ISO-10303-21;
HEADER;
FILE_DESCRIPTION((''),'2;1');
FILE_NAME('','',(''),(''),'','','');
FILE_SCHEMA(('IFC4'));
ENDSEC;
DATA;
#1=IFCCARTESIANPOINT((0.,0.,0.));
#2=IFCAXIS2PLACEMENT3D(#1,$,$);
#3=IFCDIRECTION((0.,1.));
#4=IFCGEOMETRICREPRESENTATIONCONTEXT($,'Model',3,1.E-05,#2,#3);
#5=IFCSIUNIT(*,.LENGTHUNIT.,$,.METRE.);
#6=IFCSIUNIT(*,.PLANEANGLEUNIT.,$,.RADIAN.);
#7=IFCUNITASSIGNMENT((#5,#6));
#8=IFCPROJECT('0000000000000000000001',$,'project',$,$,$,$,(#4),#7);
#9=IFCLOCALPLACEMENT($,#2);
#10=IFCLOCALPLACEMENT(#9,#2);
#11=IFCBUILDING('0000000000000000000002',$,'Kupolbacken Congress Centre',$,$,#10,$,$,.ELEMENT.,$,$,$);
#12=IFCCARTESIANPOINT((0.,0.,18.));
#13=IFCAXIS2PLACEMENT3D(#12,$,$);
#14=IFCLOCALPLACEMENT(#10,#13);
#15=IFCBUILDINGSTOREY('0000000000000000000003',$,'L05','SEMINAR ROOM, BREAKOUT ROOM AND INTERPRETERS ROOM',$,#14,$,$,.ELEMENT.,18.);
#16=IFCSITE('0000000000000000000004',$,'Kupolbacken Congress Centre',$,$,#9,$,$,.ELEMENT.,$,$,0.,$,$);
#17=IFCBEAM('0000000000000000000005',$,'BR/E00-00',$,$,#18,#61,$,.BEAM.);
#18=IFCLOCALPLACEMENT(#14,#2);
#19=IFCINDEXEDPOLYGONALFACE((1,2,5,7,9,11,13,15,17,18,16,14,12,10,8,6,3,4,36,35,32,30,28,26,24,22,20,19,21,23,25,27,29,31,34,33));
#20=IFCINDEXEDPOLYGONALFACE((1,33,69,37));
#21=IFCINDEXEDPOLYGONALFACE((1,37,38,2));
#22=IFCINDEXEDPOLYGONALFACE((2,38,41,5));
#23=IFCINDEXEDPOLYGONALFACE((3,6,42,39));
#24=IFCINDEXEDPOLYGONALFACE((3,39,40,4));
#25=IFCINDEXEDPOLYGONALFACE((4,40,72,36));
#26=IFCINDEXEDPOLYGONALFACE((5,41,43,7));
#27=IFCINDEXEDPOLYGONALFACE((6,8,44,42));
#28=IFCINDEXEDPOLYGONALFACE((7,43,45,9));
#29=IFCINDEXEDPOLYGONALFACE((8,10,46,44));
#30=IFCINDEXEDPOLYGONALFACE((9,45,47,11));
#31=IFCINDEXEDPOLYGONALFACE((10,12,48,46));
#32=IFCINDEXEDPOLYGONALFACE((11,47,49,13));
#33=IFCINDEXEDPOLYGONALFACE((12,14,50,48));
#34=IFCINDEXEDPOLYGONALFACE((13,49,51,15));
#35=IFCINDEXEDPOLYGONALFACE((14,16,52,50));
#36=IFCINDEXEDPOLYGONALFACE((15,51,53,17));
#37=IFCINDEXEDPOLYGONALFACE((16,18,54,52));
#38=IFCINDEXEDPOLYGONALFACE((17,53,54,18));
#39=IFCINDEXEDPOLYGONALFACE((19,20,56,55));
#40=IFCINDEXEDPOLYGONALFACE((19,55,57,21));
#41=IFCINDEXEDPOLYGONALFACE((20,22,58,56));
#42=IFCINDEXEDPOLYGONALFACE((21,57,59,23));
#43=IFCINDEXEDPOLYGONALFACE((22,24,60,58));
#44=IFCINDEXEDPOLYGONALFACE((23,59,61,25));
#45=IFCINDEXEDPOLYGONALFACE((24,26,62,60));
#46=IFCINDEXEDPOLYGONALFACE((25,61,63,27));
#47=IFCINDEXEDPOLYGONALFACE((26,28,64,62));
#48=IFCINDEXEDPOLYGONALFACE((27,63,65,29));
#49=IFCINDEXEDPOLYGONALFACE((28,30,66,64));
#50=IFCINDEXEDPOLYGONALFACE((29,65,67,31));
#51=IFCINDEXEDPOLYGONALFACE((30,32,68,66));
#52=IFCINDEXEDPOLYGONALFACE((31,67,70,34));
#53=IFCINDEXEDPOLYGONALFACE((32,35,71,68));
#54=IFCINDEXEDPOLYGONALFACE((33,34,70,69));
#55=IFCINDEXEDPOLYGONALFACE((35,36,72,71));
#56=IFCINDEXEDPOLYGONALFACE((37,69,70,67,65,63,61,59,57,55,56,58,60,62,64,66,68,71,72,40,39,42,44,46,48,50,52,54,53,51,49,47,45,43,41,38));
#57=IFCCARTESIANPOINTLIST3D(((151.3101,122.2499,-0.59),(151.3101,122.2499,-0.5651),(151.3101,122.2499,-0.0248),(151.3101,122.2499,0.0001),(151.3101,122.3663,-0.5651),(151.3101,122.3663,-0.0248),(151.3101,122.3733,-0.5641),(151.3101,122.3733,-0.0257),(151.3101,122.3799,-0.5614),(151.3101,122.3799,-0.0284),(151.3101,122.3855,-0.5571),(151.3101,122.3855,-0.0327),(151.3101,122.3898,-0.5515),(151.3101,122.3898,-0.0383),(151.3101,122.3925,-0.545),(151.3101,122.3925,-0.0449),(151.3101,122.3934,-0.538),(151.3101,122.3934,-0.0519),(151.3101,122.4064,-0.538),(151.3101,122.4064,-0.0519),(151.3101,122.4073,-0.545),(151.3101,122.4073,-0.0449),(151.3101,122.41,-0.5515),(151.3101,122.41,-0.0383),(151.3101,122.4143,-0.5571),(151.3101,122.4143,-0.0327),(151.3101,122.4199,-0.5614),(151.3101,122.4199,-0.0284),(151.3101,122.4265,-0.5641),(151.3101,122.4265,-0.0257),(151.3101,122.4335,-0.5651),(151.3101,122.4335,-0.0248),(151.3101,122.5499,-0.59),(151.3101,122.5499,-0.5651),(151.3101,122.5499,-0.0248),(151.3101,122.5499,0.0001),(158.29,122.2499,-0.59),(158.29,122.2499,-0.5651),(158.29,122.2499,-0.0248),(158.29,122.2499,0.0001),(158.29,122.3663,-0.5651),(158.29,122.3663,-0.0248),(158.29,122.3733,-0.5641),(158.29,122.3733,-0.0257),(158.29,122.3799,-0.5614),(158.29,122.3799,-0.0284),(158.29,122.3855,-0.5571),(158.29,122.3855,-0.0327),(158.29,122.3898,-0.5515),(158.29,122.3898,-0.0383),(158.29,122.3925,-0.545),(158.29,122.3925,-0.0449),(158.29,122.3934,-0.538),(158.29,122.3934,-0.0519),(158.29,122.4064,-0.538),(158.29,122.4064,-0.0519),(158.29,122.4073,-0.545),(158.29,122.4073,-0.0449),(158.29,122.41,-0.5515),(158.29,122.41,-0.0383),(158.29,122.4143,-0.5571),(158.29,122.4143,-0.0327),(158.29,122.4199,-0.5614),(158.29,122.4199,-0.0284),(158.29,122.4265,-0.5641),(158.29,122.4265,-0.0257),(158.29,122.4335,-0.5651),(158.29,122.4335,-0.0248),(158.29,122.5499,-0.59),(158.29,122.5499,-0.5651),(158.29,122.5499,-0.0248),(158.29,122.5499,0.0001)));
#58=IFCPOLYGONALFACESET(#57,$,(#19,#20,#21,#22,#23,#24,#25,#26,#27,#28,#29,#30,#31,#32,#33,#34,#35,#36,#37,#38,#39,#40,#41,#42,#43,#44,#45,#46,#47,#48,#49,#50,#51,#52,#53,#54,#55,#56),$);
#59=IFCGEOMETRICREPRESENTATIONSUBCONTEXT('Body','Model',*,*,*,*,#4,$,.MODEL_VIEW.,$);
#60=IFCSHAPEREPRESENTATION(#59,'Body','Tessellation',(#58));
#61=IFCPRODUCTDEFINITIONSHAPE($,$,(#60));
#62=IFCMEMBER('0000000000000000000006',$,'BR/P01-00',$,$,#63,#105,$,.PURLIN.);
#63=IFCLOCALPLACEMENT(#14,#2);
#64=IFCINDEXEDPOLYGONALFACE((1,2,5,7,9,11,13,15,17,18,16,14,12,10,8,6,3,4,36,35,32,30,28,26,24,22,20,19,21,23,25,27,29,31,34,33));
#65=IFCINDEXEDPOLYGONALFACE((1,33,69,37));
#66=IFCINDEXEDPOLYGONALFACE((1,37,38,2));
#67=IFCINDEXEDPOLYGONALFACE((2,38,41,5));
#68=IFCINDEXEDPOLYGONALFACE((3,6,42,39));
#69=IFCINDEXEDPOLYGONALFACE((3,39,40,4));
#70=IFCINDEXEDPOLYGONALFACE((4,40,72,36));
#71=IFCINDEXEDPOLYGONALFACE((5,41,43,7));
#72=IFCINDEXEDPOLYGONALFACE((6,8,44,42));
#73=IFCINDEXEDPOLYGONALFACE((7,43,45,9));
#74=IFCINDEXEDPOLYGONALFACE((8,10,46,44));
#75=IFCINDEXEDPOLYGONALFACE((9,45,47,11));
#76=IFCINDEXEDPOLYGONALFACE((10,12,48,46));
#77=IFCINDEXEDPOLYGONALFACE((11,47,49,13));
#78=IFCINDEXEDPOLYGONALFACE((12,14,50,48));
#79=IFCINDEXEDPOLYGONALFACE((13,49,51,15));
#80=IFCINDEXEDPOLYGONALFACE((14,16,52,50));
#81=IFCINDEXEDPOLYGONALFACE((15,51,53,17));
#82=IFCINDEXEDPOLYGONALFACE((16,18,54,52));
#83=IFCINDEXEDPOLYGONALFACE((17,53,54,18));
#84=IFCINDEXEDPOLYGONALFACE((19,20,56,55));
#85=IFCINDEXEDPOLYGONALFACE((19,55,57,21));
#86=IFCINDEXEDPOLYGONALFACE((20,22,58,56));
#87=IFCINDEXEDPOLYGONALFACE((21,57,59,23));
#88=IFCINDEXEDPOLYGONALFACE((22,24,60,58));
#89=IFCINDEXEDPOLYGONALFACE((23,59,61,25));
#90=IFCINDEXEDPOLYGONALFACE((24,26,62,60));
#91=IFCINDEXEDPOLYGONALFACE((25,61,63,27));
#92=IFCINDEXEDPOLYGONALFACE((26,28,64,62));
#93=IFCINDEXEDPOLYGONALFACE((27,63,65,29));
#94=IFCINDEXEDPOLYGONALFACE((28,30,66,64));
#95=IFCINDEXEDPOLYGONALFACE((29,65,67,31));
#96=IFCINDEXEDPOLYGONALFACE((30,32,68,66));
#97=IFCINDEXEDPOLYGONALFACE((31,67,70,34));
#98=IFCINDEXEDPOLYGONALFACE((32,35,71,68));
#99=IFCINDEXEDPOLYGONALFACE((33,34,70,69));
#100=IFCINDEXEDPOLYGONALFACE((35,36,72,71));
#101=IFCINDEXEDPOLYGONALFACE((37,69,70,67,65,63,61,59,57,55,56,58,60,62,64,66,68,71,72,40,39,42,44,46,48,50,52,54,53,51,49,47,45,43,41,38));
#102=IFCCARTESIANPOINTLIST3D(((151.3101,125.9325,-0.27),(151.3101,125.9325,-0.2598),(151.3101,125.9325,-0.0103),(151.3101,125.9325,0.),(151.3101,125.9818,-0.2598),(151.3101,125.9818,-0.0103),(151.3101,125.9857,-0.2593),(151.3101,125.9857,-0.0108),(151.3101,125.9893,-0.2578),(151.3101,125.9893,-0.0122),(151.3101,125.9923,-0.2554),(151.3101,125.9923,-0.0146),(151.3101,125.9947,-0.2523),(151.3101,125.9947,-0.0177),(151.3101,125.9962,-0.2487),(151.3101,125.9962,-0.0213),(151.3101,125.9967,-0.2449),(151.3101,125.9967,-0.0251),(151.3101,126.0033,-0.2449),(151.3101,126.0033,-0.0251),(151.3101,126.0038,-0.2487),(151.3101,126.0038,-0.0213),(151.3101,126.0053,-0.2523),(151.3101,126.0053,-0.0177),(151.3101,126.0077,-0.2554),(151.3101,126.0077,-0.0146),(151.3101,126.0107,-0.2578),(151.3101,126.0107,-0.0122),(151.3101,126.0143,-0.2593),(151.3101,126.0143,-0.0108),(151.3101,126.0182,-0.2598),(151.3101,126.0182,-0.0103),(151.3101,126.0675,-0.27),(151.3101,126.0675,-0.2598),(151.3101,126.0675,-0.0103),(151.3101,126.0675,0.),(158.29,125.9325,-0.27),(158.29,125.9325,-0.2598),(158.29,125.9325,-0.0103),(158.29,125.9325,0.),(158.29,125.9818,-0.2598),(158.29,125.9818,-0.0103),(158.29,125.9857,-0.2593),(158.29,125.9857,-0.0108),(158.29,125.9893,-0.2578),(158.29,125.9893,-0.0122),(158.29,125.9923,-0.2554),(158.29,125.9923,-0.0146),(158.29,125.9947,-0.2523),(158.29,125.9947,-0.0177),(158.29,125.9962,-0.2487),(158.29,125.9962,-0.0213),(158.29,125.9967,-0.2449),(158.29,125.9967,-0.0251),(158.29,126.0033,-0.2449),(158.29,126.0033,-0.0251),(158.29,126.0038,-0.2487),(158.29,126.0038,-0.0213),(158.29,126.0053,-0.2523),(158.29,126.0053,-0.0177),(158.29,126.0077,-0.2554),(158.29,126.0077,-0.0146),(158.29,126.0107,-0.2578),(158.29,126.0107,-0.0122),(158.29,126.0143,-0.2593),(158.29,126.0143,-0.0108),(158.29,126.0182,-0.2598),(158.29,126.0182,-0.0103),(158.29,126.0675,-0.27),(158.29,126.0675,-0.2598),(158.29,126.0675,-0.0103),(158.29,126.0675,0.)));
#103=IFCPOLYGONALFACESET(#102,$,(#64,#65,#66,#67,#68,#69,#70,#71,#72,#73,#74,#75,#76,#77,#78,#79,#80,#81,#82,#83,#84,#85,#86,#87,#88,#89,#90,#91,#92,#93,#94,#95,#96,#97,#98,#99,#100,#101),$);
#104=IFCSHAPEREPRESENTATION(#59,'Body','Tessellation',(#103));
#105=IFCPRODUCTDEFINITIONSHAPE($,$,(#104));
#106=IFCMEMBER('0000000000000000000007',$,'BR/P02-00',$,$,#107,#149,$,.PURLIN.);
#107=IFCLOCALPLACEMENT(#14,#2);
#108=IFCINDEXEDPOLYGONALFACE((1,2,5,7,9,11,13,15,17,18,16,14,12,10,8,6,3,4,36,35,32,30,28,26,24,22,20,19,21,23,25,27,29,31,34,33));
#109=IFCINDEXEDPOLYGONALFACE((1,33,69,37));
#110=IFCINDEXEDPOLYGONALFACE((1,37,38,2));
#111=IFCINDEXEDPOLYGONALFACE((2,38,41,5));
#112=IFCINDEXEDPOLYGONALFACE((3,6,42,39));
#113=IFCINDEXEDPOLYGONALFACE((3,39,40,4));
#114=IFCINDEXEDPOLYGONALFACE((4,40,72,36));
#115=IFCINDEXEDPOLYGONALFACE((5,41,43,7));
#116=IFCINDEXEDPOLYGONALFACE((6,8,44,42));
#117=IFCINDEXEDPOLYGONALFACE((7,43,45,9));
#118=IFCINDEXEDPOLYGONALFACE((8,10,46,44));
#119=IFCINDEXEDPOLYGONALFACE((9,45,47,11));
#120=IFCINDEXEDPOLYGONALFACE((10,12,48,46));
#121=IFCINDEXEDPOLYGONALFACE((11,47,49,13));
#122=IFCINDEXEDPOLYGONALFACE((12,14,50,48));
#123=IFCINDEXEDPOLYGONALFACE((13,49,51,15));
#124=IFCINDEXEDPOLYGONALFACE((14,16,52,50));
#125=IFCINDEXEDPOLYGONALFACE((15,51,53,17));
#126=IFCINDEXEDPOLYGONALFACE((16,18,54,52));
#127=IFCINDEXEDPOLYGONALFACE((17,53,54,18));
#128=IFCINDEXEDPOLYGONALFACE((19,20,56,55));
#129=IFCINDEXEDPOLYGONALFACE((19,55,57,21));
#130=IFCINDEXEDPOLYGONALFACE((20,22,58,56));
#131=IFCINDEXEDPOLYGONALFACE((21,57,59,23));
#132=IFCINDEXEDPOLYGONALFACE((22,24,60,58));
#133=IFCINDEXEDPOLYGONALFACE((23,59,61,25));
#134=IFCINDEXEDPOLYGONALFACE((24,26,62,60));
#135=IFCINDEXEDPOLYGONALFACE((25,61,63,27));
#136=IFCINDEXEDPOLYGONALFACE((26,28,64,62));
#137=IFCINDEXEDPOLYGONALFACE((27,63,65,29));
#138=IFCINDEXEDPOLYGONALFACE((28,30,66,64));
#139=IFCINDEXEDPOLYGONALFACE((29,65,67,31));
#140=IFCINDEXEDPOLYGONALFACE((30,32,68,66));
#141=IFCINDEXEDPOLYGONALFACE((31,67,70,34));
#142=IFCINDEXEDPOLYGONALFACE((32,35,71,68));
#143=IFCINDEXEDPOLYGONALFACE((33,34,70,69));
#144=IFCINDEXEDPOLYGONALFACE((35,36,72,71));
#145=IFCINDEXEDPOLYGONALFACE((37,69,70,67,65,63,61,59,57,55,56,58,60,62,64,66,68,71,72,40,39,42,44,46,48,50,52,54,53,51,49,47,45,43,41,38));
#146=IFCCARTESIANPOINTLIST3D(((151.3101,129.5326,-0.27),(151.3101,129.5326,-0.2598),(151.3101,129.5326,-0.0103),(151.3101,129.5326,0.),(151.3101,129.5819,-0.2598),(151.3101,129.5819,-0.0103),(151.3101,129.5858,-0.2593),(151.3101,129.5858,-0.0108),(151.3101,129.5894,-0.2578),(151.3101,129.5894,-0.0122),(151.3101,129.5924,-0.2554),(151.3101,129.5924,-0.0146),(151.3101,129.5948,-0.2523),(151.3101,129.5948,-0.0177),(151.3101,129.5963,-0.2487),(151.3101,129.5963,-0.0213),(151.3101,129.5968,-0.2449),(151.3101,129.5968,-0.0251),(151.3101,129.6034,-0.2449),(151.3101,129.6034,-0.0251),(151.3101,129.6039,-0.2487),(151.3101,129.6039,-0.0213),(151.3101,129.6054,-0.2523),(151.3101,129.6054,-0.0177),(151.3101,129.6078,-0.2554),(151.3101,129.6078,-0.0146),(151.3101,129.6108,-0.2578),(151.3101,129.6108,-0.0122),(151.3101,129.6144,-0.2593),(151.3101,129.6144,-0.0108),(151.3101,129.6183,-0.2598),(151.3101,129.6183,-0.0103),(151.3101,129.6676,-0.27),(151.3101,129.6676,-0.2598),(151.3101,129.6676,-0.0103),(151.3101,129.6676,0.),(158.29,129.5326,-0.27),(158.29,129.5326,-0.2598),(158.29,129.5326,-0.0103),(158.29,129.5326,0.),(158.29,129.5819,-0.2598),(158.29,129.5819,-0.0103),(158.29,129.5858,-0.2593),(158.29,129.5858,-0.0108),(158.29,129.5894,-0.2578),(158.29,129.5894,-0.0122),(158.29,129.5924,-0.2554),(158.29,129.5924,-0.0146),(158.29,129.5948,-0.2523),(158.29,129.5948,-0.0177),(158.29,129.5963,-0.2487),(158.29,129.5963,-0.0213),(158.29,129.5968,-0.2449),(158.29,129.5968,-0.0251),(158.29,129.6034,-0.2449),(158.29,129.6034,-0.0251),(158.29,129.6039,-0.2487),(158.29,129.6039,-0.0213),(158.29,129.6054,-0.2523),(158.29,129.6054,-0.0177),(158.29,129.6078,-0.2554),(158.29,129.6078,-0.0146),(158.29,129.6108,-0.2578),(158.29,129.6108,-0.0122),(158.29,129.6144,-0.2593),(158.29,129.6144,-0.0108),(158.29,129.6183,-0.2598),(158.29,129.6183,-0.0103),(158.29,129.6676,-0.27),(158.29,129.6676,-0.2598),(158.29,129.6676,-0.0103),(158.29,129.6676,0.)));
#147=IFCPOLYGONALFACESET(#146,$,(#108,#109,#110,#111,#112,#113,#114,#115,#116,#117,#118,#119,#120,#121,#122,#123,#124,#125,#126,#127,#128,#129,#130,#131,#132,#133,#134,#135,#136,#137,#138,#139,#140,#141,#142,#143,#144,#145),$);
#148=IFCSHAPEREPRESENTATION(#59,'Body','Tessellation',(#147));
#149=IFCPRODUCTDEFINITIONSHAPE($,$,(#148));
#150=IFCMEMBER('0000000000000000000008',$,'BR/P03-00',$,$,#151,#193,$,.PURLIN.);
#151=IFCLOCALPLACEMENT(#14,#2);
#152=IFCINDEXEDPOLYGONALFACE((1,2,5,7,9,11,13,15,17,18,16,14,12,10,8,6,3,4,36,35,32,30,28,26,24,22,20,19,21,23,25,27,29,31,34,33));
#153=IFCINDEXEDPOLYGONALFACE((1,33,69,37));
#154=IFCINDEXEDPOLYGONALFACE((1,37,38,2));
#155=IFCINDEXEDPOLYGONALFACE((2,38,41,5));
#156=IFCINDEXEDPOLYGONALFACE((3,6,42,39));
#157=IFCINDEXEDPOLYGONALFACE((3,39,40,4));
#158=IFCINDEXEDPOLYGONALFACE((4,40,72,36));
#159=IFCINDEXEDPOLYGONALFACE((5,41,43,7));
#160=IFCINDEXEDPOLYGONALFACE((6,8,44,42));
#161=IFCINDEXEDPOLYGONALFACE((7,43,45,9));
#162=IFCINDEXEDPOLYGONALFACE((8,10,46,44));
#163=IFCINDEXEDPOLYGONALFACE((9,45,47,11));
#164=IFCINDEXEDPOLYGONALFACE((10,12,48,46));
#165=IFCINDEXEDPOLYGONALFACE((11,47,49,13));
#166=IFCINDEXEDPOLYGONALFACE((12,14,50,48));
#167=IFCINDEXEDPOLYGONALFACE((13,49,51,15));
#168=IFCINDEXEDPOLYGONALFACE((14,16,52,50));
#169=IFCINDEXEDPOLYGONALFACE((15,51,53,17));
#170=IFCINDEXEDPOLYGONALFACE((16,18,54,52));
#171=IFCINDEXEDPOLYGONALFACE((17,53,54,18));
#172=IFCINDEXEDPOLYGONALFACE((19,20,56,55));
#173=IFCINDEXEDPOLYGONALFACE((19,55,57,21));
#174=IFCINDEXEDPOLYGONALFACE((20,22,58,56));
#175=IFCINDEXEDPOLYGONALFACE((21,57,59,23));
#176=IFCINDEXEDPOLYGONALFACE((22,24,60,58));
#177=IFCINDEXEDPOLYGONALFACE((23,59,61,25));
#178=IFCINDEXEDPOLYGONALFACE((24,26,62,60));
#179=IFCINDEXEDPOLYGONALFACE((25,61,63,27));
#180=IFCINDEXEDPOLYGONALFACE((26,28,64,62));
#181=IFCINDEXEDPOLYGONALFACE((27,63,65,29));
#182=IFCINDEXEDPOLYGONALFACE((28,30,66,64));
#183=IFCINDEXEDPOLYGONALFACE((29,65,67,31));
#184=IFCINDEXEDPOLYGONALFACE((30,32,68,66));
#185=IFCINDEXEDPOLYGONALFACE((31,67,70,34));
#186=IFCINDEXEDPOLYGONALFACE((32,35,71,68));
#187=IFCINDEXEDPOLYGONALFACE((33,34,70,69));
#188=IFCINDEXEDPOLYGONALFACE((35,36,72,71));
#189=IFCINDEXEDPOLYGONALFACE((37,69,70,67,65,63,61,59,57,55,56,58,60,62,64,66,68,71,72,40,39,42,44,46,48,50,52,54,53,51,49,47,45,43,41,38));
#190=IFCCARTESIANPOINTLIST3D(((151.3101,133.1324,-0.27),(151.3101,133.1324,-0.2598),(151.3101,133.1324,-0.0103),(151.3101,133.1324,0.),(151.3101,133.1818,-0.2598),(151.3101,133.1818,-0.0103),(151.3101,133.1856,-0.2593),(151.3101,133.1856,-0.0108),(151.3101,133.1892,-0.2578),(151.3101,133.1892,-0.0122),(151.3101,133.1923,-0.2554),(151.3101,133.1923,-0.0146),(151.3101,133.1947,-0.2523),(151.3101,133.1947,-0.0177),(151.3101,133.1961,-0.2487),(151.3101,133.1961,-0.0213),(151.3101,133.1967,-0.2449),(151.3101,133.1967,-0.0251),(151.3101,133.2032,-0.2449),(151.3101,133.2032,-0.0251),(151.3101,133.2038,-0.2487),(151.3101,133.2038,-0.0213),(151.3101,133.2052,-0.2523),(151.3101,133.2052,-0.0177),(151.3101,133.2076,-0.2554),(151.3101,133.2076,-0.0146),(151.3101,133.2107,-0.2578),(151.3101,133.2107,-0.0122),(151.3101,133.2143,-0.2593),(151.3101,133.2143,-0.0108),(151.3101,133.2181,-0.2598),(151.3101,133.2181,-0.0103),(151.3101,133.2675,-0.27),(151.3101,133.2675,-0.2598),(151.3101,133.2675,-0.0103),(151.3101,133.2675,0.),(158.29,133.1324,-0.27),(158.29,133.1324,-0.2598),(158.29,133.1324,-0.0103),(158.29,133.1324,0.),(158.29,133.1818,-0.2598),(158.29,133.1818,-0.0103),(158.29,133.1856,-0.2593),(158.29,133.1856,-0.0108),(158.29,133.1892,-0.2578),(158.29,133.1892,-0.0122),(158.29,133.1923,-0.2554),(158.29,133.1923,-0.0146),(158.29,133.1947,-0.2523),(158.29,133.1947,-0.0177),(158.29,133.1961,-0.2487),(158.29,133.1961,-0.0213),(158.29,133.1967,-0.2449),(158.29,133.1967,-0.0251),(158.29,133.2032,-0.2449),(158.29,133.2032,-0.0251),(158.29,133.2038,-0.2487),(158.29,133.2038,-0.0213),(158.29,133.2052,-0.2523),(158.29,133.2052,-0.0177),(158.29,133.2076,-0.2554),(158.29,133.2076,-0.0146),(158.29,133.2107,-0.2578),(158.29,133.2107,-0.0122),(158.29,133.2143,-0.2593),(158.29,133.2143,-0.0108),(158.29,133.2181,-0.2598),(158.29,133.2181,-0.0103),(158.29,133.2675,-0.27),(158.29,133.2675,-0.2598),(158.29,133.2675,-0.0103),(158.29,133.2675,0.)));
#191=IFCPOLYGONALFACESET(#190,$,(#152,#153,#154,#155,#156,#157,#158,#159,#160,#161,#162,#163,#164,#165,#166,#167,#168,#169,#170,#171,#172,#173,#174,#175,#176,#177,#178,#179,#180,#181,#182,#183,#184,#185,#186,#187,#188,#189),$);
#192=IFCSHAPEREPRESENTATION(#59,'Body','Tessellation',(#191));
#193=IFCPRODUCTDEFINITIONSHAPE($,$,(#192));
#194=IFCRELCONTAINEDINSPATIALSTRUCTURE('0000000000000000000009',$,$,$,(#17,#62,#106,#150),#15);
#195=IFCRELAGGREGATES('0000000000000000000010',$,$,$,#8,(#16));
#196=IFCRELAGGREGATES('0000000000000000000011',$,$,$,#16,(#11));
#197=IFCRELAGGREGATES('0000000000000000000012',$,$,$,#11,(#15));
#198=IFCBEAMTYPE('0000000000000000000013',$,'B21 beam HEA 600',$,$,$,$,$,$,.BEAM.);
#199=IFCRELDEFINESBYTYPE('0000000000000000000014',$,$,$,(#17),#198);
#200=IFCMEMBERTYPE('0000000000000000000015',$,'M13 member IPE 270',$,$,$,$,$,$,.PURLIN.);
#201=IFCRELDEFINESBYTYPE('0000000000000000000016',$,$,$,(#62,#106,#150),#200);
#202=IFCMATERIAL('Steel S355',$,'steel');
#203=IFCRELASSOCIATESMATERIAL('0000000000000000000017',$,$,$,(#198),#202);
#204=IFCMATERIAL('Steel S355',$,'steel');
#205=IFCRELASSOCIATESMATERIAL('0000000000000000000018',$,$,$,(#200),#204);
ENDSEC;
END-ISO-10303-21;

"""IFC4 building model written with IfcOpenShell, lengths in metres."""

from ifc_helpers import new_model, si_unit, direction, frame, origin, origin_2d, place, context, subcontext, project, spatial, i_section, extrude, material, material_profile, profile_set, type_object, element, save


model = new_model("IFC4")

# Units and contexts
model_context = context("Model", 3, precision=1e-05, world=origin(), true_north=direction((0.0, 1.0)))
body_context = subcontext(model_context, "Body", "Model", "MODEL_VIEW")
ifc_project = project(units=[si_unit("LENGTHUNIT", "METRE"), si_unit("PLANEANGLEUNIT", "RADIAN")], contexts=[model_context])

# Site, building, storey
site_placement = place(None, origin())
site = spatial("IfcSite", under=ifc_project, at=site_placement, Name="Kupolbacken Congress Centre", CompositionType="ELEMENT", RefElevation=0.0)
building_placement = place(site_placement, origin())
building = spatial("IfcBuilding", under=site, at=building_placement, Name="Kupolbacken Congress Centre", CompositionType="ELEMENT")
storey_placement = place(building_placement, frame((0.0, 0.0, 18.0)))
storey = spatial("IfcBuildingStorey", under=building, at=storey_placement, Name="L05", Description="SEMINAR ROOM, BREAKOUT ROOM AND INTERPRETERS ROOM", CompositionType="ELEMENT", Elevation=18.0)

# Beam
ifc_material_1 = material(Name="Steel S355", Category="steel")
ifc_material_profile_1 = material_profile(ifc_material_1, i_section(OverallWidth=0.3, OverallDepth=0.5901, WebThickness=0.0129, FlangeThickness=0.0249, FilletRadius=0.0271, at=origin_2d()), Name="HEA 600")
ifc_profile_set_1 = profile_set([ifc_material_profile_1], Name="Steel S355")
beam_type_1 = type_object("IfcBeamType", Name="B21 beam HEA 600", PredefinedType="BEAM", material=ifc_profile_set_1)
beam_1_placement = place(storey_placement, frame((151.3101, 122.3999, -0.2949), z_axis=(1.0, 0.0, 0.0), x_axis=(0.0, 1.0, 0.0)))
element("IfcBeam", 1, at=beam_1_placement, inside=storey, type_object=beam_type_1, Name="BR/E00-00", PredefinedType="BEAM", context=body_context, shape_type="SweptSolid", body=[
    extrude(i_section(OverallWidth=0.3, OverallDepth=0.5901, WebThickness=0.0129, FlangeThickness=0.0249, FilletRadius=0.0271, at=origin_2d()), origin(), (0.0, 0.0, 1.0), 6.98),
])

# Members
ifc_material_2 = material(Name="Steel S355", Category="steel")
ifc_material_profile_2 = material_profile(ifc_material_2, i_section(OverallWidth=0.135, OverallDepth=0.27, WebThickness=0.0066, FlangeThickness=0.0103, FilletRadius=0.0149, at=origin_2d()), Name="IPE 270")
ifc_profile_set_2 = profile_set([ifc_material_profile_2], Name="Steel S355")
member_type_1 = type_object("IfcMemberType", Name="M13 member IPE 270", PredefinedType="PURLIN", material=ifc_profile_set_2)
for number, where, z_axis, x_axis, name in (
    (2, (151.3101, 126.0, -0.135), (1.0, 0.0, 0.0), (0.0, 1.0, 0.0), "BR/P01-00"),
    (3, (151.3101, 129.6001, -0.135), (1.0, 0.0, 0.0), (0.0, 1.0, 0.0), "BR/P02-00"),
    (4, (151.3101, 133.2, -0.135), (1.0, 0.0, 0.0), (0.0, 1.0, 0.0), "BR/P03-00"),
):
    element("IfcMember", number, at=place(storey_placement, frame(where, z_axis=z_axis, x_axis=x_axis)), inside=storey, type_object=member_type_1, Name=name, PredefinedType="PURLIN", context=body_context, shape_type="SweptSolid", body=[
        extrude(i_section(OverallWidth=0.135, OverallDepth=0.27, WebThickness=0.0066, FlangeThickness=0.0103, FilletRadius=0.0149, at=origin_2d()), origin(), (0.0, 0.0, 1.0), 6.98),
    ])

save(model, "model.ifc")
